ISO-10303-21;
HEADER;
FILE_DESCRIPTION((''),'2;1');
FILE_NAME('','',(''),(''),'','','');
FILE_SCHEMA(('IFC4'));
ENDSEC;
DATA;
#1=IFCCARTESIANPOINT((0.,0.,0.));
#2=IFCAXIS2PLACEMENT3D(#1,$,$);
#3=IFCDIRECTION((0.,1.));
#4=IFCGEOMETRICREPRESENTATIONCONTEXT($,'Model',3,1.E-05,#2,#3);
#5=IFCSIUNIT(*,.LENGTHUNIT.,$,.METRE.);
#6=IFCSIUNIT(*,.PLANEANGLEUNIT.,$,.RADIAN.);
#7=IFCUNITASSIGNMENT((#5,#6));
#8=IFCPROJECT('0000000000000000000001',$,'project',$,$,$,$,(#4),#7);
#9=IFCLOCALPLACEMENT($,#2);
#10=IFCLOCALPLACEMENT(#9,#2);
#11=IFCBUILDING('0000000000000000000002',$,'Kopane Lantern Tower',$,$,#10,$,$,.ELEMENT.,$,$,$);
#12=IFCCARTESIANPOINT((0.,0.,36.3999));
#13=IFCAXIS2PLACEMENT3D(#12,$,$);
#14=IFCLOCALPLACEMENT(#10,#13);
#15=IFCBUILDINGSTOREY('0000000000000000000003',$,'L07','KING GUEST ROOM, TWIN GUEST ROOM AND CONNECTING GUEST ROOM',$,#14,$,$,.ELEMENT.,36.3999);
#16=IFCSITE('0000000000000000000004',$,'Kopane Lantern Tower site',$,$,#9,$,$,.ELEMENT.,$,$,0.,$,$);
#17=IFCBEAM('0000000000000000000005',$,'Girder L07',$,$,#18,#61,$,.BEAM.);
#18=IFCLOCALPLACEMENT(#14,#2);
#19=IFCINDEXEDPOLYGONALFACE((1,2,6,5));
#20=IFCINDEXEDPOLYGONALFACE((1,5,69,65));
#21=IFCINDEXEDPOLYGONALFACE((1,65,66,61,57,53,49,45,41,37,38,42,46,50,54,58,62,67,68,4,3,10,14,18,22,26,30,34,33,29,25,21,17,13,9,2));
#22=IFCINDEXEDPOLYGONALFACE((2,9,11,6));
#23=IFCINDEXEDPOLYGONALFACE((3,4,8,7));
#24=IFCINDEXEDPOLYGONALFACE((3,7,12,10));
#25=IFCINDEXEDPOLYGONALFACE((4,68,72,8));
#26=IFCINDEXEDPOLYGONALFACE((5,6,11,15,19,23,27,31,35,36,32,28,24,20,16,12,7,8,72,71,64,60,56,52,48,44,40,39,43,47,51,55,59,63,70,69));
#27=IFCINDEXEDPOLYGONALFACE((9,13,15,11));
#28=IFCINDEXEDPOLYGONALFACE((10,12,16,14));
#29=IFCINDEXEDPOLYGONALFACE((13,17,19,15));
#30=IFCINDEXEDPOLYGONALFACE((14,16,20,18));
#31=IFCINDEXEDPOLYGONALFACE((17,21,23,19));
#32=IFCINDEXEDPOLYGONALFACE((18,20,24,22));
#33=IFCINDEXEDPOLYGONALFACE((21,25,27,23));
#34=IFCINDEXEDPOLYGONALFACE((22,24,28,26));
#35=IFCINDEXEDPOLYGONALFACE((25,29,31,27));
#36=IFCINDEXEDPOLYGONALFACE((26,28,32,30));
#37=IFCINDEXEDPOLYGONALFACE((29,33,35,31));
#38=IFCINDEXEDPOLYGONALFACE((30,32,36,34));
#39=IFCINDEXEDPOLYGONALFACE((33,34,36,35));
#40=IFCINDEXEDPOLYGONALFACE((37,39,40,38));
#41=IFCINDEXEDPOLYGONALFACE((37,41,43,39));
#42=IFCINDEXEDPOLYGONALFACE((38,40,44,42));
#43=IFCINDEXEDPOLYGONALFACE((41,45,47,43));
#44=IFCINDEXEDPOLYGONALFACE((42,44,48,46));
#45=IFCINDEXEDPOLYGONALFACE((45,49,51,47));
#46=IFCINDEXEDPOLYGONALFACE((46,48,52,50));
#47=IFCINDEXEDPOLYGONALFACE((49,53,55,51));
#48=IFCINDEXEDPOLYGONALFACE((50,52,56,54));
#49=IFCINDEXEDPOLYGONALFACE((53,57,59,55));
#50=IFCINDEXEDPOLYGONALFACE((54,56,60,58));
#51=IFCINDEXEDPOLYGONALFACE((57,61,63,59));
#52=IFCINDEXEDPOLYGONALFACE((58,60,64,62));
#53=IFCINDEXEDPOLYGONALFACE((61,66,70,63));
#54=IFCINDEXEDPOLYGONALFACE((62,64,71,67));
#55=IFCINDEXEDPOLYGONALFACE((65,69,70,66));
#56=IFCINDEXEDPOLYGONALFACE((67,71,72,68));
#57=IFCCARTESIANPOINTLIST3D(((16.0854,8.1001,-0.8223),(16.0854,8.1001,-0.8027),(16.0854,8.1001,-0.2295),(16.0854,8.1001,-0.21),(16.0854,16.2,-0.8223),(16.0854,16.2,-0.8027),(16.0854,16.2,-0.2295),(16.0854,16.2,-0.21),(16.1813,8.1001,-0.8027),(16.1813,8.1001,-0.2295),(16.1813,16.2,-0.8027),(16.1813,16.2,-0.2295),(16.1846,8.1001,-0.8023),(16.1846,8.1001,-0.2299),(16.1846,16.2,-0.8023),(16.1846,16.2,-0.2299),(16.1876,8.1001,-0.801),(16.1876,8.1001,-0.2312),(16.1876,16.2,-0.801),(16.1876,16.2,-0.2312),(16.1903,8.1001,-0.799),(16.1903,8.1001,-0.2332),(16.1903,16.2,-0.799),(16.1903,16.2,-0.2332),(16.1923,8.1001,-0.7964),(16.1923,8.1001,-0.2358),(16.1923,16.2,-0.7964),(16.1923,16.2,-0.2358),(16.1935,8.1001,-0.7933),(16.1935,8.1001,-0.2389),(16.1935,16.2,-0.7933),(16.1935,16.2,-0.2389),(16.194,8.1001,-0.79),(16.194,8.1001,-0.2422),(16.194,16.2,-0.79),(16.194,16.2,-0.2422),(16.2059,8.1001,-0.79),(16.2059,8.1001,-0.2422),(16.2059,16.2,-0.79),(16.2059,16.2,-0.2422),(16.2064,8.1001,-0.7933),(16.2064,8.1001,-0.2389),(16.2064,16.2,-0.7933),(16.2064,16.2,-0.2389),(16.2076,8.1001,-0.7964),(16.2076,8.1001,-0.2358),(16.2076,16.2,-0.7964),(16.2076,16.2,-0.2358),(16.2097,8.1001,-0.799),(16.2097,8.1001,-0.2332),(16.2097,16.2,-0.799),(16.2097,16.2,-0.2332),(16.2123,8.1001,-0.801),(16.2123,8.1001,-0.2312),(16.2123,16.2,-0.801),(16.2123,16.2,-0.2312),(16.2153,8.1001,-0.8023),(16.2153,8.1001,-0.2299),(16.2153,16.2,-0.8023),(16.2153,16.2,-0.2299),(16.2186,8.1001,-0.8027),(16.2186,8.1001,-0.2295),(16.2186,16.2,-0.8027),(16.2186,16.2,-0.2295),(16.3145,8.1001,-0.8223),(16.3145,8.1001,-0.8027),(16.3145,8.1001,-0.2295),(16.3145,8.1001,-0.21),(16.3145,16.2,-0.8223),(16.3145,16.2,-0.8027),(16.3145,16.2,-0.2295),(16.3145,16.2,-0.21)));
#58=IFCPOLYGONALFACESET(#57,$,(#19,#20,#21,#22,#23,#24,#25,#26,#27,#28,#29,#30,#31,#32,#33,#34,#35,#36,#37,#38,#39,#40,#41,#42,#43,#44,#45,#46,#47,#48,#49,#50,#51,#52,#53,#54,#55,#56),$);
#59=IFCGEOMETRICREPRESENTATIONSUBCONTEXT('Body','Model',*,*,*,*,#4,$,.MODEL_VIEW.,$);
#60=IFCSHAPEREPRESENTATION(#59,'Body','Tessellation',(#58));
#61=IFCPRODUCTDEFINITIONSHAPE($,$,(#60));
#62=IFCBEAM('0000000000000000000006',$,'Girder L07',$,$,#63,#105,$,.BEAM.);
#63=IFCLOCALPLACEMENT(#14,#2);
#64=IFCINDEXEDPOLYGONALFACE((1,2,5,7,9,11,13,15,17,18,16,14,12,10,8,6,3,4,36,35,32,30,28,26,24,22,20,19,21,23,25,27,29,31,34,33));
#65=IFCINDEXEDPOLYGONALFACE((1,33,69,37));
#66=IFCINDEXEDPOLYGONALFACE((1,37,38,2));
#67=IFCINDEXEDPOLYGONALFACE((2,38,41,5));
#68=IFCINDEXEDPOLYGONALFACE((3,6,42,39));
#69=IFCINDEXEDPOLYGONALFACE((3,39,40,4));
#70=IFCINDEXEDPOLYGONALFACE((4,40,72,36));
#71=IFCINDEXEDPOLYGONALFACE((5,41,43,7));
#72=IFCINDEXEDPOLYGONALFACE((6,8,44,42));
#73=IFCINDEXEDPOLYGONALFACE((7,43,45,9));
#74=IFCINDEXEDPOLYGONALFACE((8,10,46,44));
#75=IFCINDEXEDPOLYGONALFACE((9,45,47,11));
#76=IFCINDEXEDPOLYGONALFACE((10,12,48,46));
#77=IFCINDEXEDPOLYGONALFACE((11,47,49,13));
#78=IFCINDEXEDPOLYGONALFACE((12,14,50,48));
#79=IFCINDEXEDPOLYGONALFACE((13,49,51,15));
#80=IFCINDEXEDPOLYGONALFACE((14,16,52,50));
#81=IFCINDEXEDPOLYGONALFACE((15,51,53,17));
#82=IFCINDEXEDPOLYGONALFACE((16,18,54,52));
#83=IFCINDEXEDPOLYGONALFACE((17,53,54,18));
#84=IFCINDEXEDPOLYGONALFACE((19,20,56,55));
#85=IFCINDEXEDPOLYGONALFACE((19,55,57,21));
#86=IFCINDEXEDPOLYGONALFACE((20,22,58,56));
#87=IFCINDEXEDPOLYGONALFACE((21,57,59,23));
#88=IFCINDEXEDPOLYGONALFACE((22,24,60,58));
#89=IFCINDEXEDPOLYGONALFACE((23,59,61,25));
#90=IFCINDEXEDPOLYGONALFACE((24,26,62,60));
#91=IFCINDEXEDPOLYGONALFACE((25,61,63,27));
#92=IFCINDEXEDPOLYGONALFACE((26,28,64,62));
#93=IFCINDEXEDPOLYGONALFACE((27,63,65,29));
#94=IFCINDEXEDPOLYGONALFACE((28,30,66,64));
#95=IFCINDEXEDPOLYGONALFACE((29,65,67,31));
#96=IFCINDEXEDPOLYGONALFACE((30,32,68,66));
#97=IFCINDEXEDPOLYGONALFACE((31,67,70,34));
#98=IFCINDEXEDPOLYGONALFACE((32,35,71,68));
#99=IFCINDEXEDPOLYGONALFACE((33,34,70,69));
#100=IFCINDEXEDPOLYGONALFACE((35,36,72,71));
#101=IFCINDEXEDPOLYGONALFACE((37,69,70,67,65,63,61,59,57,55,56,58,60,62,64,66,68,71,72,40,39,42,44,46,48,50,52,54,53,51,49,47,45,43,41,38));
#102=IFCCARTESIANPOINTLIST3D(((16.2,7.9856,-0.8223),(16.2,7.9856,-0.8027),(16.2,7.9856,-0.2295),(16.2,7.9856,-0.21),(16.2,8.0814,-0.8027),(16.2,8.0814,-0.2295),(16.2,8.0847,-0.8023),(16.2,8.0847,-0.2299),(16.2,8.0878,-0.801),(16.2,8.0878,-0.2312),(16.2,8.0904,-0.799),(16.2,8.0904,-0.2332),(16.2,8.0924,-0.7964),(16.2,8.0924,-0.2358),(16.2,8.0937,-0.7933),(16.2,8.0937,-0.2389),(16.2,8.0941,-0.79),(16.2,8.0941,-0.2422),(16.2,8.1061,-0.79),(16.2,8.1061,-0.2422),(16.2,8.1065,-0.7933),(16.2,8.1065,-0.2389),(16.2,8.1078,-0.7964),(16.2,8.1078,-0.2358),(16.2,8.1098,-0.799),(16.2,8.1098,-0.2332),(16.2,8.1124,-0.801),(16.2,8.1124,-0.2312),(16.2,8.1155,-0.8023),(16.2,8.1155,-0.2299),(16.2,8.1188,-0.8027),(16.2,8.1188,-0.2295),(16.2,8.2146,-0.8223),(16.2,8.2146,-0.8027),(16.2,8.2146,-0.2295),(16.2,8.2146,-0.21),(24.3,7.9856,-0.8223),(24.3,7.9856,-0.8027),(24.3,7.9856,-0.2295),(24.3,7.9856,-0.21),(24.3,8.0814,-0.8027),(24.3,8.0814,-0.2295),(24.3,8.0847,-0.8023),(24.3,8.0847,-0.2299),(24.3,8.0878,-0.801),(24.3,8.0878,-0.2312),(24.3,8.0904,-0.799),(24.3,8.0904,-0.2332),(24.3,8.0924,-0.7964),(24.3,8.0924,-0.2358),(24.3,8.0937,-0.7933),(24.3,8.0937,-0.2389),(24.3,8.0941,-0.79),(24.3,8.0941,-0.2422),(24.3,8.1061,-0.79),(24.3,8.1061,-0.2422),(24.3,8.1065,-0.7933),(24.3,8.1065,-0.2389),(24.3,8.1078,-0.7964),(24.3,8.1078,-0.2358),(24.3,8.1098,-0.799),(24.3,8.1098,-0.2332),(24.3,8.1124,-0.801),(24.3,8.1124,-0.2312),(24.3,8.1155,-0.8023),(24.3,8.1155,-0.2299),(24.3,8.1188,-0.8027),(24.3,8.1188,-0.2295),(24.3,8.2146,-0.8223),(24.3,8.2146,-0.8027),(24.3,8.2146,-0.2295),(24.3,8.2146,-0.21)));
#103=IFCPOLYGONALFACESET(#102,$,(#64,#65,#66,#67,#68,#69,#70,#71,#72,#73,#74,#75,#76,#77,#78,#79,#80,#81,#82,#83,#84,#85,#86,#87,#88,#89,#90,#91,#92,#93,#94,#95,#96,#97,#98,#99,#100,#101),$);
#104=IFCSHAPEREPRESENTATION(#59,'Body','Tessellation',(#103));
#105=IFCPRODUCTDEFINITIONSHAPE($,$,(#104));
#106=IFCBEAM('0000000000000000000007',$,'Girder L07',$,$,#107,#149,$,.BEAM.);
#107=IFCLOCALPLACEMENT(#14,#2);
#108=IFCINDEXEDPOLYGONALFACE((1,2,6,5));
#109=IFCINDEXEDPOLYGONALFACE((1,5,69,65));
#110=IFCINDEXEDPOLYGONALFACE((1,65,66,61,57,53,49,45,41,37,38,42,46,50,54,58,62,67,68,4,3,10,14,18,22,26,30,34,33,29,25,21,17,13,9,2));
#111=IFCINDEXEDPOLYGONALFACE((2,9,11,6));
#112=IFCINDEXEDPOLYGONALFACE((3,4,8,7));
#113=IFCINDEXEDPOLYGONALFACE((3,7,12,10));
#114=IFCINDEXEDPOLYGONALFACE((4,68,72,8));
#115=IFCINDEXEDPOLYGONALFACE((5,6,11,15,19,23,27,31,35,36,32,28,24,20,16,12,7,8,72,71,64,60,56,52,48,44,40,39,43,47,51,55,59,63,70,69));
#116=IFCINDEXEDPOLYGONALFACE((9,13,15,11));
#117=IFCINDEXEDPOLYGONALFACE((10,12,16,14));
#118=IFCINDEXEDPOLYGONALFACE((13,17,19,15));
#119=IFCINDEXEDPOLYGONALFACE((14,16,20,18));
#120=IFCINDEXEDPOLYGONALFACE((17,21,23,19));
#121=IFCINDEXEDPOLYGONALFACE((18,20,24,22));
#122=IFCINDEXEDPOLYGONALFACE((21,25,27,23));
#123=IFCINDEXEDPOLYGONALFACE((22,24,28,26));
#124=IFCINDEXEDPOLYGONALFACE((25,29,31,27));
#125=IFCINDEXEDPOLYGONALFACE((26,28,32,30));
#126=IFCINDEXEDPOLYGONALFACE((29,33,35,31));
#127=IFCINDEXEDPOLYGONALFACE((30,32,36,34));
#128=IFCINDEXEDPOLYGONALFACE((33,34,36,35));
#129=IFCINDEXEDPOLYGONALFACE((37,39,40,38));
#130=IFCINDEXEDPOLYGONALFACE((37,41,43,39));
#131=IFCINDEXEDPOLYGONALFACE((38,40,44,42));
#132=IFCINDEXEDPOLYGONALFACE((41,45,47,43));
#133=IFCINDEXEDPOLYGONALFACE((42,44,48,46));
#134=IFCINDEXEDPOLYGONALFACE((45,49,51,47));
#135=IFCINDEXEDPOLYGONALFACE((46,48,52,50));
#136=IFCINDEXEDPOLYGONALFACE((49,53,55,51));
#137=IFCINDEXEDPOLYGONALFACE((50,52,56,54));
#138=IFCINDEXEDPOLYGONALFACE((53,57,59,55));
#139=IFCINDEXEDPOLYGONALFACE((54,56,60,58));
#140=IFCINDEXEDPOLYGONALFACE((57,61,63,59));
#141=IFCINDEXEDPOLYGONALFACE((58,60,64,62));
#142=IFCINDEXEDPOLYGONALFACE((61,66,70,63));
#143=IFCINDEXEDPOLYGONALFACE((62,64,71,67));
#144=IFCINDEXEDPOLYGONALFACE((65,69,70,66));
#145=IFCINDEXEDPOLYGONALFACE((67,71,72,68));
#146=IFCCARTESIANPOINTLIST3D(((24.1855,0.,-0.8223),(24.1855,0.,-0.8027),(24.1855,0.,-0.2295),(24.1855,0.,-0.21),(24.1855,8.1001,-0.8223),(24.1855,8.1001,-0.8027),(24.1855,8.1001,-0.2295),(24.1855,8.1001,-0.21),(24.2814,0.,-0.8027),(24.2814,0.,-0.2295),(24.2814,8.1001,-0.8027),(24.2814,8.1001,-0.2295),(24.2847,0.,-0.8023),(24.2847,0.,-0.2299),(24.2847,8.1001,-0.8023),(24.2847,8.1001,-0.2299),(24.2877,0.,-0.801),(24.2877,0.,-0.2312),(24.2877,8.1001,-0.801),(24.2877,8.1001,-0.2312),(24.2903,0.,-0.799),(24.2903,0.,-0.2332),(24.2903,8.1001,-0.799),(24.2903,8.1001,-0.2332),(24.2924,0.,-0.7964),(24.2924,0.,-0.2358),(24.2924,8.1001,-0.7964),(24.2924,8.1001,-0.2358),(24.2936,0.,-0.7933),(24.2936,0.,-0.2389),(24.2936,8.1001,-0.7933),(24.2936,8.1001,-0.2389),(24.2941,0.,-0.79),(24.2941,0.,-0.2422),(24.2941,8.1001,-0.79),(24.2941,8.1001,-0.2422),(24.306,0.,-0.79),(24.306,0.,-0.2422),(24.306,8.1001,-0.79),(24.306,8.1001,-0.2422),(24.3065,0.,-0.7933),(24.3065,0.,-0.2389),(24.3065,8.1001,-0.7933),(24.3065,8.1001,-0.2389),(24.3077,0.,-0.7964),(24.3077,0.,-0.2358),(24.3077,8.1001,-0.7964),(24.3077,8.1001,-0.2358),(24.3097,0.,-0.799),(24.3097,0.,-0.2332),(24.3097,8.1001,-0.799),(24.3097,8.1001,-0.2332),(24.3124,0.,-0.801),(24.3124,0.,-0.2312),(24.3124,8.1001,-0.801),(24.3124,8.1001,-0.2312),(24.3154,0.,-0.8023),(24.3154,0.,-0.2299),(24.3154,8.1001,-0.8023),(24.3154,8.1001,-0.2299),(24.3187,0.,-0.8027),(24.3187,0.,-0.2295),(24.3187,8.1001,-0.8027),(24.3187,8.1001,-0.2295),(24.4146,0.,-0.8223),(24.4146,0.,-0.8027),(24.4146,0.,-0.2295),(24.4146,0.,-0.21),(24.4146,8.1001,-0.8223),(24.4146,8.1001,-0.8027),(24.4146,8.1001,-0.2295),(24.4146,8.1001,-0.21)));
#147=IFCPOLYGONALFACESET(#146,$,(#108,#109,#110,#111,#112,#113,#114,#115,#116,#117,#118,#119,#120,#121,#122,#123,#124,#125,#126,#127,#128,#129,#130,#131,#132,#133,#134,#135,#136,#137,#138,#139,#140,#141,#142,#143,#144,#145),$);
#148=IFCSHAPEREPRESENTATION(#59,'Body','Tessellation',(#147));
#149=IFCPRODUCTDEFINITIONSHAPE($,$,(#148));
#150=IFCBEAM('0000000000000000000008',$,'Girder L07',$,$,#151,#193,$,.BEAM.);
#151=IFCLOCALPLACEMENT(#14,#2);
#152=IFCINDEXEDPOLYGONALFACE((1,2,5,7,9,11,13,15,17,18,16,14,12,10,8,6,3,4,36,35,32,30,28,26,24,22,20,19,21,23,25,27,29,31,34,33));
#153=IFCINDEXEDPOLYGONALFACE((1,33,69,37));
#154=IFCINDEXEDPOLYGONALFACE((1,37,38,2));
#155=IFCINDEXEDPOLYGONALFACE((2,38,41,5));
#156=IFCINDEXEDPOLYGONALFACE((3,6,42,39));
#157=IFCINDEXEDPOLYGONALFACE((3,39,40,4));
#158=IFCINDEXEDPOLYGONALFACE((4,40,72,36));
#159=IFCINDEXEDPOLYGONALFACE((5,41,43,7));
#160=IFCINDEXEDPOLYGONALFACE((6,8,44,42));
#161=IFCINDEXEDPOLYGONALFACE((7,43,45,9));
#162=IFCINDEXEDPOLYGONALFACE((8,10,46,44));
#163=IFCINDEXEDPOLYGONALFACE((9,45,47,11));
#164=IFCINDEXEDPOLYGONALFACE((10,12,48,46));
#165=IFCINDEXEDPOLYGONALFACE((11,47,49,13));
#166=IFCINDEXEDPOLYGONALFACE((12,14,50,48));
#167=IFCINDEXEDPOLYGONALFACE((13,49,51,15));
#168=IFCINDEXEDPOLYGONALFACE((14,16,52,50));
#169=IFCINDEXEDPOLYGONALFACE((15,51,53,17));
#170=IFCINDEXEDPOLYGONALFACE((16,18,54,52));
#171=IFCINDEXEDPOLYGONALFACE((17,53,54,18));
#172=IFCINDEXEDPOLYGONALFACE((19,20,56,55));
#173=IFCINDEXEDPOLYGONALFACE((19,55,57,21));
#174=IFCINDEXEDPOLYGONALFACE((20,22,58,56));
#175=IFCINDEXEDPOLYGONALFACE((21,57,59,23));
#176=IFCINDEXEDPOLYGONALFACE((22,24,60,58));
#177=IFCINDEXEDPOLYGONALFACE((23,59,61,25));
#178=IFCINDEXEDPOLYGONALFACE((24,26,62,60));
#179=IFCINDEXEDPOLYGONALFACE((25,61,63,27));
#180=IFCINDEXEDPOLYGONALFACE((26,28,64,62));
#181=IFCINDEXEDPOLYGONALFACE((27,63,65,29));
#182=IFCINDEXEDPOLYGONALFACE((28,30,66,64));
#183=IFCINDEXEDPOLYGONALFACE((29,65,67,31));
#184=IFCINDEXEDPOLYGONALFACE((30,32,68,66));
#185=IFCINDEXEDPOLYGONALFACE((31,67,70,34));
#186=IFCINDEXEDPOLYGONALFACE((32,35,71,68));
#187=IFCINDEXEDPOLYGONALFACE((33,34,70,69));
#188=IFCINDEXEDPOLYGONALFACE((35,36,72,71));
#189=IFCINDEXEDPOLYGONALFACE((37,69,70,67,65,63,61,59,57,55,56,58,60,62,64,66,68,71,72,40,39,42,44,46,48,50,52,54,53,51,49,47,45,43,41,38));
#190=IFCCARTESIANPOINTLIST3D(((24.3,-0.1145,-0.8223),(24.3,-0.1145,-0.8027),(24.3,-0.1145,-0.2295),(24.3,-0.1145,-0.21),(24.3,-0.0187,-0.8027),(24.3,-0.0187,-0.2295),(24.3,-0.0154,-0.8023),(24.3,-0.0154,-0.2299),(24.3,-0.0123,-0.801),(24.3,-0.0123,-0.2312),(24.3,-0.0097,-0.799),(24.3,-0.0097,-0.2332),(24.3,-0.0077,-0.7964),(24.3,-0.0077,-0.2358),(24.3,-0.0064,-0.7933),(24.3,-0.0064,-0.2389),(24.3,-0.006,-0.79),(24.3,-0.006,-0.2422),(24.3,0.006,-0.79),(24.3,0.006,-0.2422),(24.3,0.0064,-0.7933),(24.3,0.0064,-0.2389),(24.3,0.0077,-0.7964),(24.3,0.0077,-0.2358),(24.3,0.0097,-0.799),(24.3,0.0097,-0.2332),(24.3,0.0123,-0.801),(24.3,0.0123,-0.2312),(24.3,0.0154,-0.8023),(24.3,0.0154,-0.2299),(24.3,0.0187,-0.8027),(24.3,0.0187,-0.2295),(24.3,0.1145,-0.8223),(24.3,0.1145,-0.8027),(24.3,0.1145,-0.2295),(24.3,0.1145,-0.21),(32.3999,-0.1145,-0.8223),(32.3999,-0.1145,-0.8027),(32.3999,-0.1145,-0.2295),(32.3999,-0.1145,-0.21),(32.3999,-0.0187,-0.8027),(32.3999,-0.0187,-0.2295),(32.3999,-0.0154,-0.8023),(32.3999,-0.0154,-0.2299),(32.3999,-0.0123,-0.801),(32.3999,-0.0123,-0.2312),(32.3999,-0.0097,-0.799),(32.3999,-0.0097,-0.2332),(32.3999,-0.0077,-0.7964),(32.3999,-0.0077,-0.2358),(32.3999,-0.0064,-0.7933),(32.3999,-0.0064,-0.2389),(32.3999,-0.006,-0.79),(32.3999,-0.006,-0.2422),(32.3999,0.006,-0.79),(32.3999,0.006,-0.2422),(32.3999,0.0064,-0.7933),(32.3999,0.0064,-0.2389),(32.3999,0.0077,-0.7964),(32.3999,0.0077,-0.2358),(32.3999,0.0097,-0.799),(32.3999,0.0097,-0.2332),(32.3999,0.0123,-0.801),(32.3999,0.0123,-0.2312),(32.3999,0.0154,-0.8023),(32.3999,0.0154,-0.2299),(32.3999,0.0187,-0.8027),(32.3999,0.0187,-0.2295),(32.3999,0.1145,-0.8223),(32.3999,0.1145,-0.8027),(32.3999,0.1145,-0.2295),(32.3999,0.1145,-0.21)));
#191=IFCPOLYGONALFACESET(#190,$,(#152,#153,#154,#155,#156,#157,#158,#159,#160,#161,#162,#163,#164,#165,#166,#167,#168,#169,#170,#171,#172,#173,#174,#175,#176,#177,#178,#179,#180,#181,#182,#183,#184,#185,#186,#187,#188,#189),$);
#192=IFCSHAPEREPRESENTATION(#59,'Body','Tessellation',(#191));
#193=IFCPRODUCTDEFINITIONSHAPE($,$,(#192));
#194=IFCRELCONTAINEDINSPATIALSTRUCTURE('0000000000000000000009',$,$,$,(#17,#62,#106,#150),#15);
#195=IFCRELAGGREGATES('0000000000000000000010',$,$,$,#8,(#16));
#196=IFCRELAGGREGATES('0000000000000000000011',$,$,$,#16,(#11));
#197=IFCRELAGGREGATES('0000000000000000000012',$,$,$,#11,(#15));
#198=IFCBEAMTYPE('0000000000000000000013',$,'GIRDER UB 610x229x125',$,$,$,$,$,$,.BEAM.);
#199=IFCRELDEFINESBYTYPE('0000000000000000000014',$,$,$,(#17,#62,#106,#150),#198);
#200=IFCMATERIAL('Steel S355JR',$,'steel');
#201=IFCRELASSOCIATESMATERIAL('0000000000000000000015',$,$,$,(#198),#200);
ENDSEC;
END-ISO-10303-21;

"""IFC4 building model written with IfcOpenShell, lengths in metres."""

from ifc_helpers import new_model, si_unit, direction, frame, origin, origin_2d, place, context, subcontext, project, spatial, i_section, extrude, material, material_profile, profile_set, type_object, element, save


model = new_model("IFC4")

# Units and contexts
model_context = context("Model", 3, precision=1e-05, world=origin(), true_north=direction((0.0, 1.0)))
body_context = subcontext(model_context, "Body", "Model", "MODEL_VIEW")
ifc_project = project(units=[si_unit("LENGTHUNIT", "METRE"), si_unit("PLANEANGLEUNIT", "RADIAN")], contexts=[model_context])

# Site, building, storey
site_placement = place(None, origin())
site = spatial("IfcSite", under=ifc_project, at=site_placement, Name="Kopane Lantern Tower site", CompositionType="ELEMENT", RefElevation=0.0)
building_placement = place(site_placement, origin())
building = spatial("IfcBuilding", under=site, at=building_placement, Name="Kopane Lantern Tower", CompositionType="ELEMENT")
storey_placement = place(building_placement, frame((0.0, 0.0, 36.3999)))
storey = spatial("IfcBuildingStorey", under=building, at=storey_placement, Name="L07", Description="KING GUEST ROOM, TWIN GUEST ROOM AND CONNECTING GUEST ROOM", CompositionType="ELEMENT", Elevation=36.3999)

# Beams
ifc_material_1 = material(Name="Steel S355JR", Category="steel")
ifc_material_profile_1 = material_profile(ifc_material_1, i_section(OverallWidth=0.229, OverallDepth=0.6123, WebThickness=0.012, FlangeThickness=0.0195, FilletRadius=0.0127, at=origin_2d()), Name="UB 610x229x125")
ifc_profile_set_1 = profile_set([ifc_material_profile_1], Name="Steel S355JR")
beam_type = type_object("IfcBeamType", Name="GIRDER UB 610x229x125", PredefinedType="BEAM", material=ifc_profile_set_1)
beam_placement = place(storey_placement, frame((16.2, 8.1001, -0.5161), z_axis=(0.0, 1.0, 0.0), x_axis=(-1.0, 0.0, 0.0)))
element("IfcBeam", 1, at=beam_placement, inside=storey, type_object=beam_type, Name="Girder L07", PredefinedType="BEAM", context=body_context, shape_type="SweptSolid", body=[
    extrude(i_section(OverallWidth=0.229, OverallDepth=0.6123, WebThickness=0.012, FlangeThickness=0.0195, FilletRadius=0.0127, at=origin_2d()), origin(), (0.0, 0.0, 1.0), 8.0999),
])
for number, where, z_axis, x_axis, name in (
    (2, (16.2, 8.1001, -0.5161), (1.0, 0.0, 0.0), (0.0, 1.0, 0.0), "Girder L07"),
    (3, (24.3, 0.0, -0.5161), (0.0, 1.0, 0.0), (-1.0, 0.0, 0.0), "Girder L07"),
):
    element("IfcBeam", number, at=place(storey_placement, frame(where, z_axis=z_axis, x_axis=x_axis)), inside=storey, type_object=beam_type, Name=name, PredefinedType="BEAM", context=body_context, shape_type="SweptSolid", body=[
        extrude(i_section(OverallWidth=0.229, OverallDepth=0.6123, WebThickness=0.012, FlangeThickness=0.0195, FilletRadius=0.0127, at=origin_2d()), origin(), (0.0, 0.0, 1.0), 8.1001),
    ])
for number, where, z_axis, x_axis, name in (
    (4, (24.3, 0.0, -0.5161), (1.0, 0.0, 0.0), (0.0, 1.0, 0.0), "Girder L07"),
):
    element("IfcBeam", number, at=place(storey_placement, frame(where, z_axis=z_axis, x_axis=x_axis)), inside=storey, type_object=beam_type, Name=name, PredefinedType="BEAM", context=body_context, shape_type="SweptSolid", body=[
        extrude(i_section(OverallWidth=0.229, OverallDepth=0.6123, WebThickness=0.012, FlangeThickness=0.0195, FilletRadius=0.0127, at=origin_2d()), origin(), (0.0, 0.0, 1.0), 8.0999),
    ])

save(model, "model.ifc")
